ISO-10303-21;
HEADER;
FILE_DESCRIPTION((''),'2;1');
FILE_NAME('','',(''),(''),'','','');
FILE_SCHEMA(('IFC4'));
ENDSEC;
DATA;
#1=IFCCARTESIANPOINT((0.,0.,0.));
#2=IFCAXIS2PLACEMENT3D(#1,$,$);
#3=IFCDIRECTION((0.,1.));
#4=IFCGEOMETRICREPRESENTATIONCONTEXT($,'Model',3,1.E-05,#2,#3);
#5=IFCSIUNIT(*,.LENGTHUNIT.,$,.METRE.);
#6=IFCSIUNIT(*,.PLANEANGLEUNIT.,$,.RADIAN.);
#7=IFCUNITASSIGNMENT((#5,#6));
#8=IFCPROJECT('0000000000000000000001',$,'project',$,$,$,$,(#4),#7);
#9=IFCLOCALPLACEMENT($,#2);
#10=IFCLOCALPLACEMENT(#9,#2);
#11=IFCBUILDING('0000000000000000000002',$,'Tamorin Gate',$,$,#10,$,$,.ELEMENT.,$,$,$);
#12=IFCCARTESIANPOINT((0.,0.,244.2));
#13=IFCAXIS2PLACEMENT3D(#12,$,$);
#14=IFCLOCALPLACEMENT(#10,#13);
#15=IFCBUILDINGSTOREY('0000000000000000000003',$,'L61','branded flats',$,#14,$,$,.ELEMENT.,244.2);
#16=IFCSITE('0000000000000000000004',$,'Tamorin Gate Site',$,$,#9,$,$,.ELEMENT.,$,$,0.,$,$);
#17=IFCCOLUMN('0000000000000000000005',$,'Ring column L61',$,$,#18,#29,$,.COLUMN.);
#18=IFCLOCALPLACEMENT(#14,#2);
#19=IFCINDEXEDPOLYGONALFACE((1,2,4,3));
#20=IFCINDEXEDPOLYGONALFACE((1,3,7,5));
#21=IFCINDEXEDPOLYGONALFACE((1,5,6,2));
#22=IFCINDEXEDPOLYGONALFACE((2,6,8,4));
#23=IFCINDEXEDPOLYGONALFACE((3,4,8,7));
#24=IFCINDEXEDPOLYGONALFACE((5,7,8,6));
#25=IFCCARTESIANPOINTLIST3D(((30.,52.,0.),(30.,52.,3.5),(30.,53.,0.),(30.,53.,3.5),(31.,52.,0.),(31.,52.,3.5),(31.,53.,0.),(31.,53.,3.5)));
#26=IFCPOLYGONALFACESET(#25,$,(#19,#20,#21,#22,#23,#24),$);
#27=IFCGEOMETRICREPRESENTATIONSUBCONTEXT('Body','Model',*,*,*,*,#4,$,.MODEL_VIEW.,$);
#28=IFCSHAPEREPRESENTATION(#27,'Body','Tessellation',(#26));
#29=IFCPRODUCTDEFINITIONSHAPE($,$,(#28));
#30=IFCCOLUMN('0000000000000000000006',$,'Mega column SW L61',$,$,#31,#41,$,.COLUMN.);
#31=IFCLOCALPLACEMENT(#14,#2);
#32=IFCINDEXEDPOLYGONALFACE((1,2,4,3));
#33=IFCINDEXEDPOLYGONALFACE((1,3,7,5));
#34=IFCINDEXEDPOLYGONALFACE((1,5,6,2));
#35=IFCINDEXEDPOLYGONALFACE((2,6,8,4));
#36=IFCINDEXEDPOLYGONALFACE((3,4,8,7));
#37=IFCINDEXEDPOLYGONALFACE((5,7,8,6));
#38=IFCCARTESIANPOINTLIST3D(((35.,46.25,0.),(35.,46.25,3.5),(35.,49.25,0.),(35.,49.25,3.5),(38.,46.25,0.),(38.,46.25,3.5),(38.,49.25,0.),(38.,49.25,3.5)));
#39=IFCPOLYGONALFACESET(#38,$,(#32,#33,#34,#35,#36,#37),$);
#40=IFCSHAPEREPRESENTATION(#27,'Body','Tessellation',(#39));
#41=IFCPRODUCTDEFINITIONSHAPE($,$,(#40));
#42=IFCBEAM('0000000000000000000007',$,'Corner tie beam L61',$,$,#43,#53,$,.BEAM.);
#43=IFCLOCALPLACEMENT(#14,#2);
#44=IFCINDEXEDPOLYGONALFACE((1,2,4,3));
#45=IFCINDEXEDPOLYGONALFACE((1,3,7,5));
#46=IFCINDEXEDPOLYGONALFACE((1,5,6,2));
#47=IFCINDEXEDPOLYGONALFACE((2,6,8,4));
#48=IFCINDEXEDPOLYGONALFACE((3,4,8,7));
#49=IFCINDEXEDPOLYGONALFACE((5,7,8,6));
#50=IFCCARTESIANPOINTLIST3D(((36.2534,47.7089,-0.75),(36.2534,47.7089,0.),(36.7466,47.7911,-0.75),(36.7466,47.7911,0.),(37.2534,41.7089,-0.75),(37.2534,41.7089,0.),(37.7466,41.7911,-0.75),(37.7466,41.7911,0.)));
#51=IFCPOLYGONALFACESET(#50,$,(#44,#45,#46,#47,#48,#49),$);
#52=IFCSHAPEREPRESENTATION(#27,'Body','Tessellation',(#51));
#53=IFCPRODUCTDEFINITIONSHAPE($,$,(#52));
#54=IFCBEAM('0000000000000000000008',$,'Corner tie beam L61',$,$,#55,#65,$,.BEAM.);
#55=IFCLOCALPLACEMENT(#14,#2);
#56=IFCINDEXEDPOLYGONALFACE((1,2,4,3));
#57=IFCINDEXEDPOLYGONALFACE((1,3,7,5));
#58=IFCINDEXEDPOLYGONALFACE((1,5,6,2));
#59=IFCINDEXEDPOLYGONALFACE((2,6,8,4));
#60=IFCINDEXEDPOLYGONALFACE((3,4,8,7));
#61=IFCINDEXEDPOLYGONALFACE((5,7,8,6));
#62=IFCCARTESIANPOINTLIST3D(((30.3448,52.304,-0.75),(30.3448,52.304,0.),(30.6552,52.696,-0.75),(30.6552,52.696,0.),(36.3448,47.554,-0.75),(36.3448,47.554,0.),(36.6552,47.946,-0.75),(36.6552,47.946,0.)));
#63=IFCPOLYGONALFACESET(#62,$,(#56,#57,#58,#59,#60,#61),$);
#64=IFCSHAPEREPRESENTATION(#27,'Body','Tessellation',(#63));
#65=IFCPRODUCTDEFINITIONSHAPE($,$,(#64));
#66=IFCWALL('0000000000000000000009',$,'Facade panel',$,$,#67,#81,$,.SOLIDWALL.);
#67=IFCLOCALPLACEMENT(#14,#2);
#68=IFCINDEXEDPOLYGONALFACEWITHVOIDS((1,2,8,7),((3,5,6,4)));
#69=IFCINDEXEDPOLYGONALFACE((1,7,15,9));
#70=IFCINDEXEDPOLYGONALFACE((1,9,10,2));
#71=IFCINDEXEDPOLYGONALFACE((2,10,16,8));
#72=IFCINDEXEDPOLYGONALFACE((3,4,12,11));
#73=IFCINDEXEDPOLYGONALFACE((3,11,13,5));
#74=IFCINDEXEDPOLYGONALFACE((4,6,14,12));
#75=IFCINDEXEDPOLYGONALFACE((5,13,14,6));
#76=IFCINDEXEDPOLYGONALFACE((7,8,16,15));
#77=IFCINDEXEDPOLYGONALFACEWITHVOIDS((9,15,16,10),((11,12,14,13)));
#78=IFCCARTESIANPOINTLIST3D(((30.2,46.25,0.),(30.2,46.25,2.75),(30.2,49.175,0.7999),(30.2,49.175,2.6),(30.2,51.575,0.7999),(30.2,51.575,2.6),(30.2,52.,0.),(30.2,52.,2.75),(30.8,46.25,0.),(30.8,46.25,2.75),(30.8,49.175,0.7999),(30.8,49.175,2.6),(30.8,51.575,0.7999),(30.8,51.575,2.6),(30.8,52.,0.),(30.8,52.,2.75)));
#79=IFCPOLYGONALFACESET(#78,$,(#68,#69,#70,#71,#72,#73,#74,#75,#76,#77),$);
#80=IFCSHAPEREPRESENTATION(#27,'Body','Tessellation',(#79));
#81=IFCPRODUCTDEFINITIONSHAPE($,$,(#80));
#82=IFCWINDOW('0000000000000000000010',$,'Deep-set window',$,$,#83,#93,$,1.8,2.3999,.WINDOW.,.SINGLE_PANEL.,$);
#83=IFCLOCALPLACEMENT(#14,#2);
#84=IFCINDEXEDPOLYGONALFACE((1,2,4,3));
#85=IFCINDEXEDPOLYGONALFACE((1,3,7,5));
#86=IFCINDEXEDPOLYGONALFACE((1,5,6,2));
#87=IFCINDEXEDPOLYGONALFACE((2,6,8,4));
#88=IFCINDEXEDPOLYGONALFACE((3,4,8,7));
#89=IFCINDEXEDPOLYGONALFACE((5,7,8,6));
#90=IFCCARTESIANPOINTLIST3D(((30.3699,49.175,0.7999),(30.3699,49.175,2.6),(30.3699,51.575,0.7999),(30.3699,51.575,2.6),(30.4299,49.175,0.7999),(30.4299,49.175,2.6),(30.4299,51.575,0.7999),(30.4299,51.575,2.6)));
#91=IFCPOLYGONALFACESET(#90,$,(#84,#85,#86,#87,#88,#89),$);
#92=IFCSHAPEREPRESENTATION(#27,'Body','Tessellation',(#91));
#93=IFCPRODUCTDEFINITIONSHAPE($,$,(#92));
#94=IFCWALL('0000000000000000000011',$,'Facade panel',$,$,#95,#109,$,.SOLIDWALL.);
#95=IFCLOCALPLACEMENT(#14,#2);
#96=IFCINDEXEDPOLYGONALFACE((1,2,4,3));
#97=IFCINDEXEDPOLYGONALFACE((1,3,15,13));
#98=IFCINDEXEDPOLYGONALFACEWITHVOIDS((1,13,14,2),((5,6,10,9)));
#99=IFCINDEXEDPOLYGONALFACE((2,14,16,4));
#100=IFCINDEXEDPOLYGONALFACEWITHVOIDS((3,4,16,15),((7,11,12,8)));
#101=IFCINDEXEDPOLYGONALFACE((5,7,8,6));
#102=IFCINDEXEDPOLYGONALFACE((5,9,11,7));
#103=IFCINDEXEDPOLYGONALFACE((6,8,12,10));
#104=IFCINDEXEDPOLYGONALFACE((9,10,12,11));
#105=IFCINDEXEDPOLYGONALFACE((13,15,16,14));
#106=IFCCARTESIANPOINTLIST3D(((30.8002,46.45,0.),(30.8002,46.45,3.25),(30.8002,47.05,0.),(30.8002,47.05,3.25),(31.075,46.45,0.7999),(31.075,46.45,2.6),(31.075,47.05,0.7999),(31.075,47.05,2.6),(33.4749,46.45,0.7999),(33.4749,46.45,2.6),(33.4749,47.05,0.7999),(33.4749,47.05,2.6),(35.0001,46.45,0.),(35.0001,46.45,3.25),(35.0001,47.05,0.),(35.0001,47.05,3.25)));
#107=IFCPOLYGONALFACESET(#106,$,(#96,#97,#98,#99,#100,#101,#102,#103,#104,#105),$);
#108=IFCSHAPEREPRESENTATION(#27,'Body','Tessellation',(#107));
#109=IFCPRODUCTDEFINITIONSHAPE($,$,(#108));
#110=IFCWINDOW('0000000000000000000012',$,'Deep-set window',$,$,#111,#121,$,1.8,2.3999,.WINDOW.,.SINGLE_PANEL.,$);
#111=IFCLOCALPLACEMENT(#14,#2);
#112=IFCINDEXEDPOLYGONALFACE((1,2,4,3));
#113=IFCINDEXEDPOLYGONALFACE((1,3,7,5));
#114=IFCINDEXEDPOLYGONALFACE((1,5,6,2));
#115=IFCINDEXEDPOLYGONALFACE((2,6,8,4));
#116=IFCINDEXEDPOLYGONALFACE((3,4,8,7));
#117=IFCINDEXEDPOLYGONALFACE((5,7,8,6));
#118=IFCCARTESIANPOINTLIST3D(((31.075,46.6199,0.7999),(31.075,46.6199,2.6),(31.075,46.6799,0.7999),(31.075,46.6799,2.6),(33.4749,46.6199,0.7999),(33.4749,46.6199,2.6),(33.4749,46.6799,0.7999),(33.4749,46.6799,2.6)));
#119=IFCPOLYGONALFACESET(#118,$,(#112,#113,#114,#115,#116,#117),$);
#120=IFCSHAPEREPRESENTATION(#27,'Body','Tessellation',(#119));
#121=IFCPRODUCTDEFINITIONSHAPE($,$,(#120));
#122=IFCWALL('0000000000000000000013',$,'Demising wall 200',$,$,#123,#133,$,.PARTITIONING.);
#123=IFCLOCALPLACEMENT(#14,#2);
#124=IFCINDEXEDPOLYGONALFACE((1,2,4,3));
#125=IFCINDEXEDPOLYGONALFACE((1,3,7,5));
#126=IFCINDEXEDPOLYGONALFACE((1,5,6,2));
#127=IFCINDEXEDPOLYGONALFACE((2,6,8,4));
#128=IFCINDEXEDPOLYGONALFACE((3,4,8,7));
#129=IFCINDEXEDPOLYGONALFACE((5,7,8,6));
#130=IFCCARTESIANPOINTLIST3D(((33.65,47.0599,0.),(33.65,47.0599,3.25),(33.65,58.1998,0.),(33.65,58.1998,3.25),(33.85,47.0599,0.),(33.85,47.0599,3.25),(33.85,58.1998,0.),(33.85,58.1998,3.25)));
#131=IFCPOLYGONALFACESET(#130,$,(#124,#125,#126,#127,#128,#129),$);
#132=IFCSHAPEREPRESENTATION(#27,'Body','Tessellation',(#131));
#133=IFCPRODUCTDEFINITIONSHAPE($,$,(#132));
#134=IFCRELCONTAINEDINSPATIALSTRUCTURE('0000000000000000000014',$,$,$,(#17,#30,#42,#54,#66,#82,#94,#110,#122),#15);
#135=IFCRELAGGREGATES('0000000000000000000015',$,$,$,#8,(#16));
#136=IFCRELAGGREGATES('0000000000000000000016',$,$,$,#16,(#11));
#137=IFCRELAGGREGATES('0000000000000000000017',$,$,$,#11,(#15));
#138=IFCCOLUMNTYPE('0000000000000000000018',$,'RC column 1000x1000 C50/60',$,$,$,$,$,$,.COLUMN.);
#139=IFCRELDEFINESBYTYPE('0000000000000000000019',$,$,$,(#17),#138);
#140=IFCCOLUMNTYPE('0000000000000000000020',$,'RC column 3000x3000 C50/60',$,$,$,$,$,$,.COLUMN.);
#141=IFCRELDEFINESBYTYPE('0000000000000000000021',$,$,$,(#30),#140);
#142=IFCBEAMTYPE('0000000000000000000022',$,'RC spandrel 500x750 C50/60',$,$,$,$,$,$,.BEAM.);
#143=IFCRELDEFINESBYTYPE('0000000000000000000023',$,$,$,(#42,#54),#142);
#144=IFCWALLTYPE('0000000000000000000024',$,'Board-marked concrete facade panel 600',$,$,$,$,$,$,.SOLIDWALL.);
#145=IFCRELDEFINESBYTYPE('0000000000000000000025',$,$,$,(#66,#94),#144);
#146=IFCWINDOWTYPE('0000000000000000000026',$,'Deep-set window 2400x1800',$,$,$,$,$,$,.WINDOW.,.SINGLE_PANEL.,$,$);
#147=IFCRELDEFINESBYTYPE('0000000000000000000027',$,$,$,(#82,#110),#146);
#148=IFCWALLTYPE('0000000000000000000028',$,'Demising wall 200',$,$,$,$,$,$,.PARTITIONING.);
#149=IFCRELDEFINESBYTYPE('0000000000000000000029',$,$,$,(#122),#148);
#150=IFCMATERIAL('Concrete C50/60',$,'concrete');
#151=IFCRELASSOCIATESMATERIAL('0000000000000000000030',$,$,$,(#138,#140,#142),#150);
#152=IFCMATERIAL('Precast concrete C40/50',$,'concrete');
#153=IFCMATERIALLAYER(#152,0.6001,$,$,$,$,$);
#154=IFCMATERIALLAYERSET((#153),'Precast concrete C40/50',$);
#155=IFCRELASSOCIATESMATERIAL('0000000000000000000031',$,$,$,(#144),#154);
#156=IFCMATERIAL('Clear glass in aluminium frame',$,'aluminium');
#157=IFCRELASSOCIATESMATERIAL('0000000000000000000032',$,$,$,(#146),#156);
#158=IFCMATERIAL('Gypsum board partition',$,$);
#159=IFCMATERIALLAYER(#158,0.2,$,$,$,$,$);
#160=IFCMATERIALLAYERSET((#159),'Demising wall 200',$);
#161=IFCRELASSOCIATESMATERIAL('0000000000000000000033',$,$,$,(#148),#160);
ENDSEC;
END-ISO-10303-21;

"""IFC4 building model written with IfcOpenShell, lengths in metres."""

from ifc_helpers import new_model, si_unit, direction, frame, frame_2d, origin, origin_2d, place, context, subcontext, project, spatial, rectangle, extrude, material, layer, layer_set, material_profile, profile_set, type_object, element, fill, save


model = new_model("IFC4")

# Units and contexts
model_context = context("Model", 3, precision=1e-05, world=origin(), true_north=direction((0.0, 1.0)))
body_context = subcontext(model_context, "Body", "Model", "MODEL_VIEW")
ifc_project = project(units=[si_unit("LENGTHUNIT", "METRE"), si_unit("PLANEANGLEUNIT", "RADIAN")], contexts=[model_context])

# Site, building, storey
site_placement = place(None, origin())
site = spatial("IfcSite", under=ifc_project, at=site_placement, Name="Tamorin Gate Site", CompositionType="ELEMENT", RefElevation=0.0)
building_placement = place(site_placement, origin())
building = spatial("IfcBuilding", under=site, at=building_placement, Name="Tamorin Gate", CompositionType="ELEMENT")
storey_placement = place(building_placement, frame((0.0, 0.0, 244.2)))
storey = spatial("IfcBuildingStorey", under=building, at=storey_placement, Name="L61", Description="branded flats", CompositionType="ELEMENT", Elevation=244.2)

# Columns
ifc_material_1 = material(Name="Concrete C50/60", Category="concrete")
ifc_material_profile_1 = material_profile(ifc_material_1, rectangle(XDim=1.0, YDim=1.0, at=origin_2d()), Name="RC 1000x1000")
ifc_profile_set_1 = profile_set([ifc_material_profile_1], Name="Concrete C50/60")
column_type_1 = type_object("IfcColumnType", Name="RC column 1000x1000 C50/60", PredefinedType="COLUMN", material=ifc_profile_set_1)
column_1_placement = place(storey_placement, frame((30.5, 52.5, 0.0), z_axis=(0.0, 0.0, 1.0), x_axis=(1.0, 0.0, 0.0)))
element("IfcColumn", 1, at=column_1_placement, inside=storey, type_object=column_type_1, Name="Ring column L61", PredefinedType="COLUMN", context=body_context, shape_type="SweptSolid", body=[
    extrude(rectangle(XDim=1.0, YDim=1.0, at=origin_2d()), origin(), (0.0, 0.0, 1.0), 3.5),
])
ifc_material_profile_2 = material_profile(ifc_material_1, rectangle(XDim=3.0, YDim=3.0, at=origin_2d()), Name="RC 3000x3000")
ifc_profile_set_2 = profile_set([ifc_material_profile_2], Name="Concrete C50/60")
column_type_2 = type_object("IfcColumnType", Name="RC column 3000x3000 C50/60", PredefinedType="COLUMN", material=ifc_profile_set_2)
column_2_placement = place(storey_placement, frame((36.5, 47.75, 0.0), z_axis=(0.0, 0.0, 1.0), x_axis=(1.0, 0.0, 0.0)))
element("IfcColumn", 2, at=column_2_placement, inside=storey, type_object=column_type_2, Name="Mega column SW L61", PredefinedType="COLUMN", context=body_context, shape_type="SweptSolid", body=[
    extrude(rectangle(XDim=3.0, YDim=3.0, at=origin_2d()), origin(), (0.0, 0.0, 1.0), 3.5),
])

# Beams
ifc_material_profile_3 = material_profile(ifc_material_1, rectangle(XDim=0.5, YDim=0.75, at=origin_2d()), Name="RC 500x750")
ifc_profile_set_3 = profile_set([ifc_material_profile_3], Name="Concrete C50/60")
beam_type = type_object("IfcBeamType", Name="RC spandrel 500x750 C50/60", PredefinedType="BEAM", material=ifc_profile_set_3)
beam_1_placement = place(storey_placement, frame((36.5, 47.75, -0.375), z_axis=(0.164399, -0.986394, 0.0), x_axis=(0.986394, 0.164399, 0.0)))
element("IfcBeam", 3, at=beam_1_placement, inside=storey, type_object=beam_type, Name="Corner tie beam L61", PredefinedType="BEAM", context=body_context, shape_type="SweptSolid", body=[
    extrude(rectangle(XDim=0.5, YDim=0.75, at=origin_2d()), origin(), (0.0, 0.0, 1.0), 6.0828),
])
beam_2_placement = place(storey_placement, frame((36.5, 47.75, -0.375), z_axis=(-0.784046, 0.620703, 0.0), x_axis=(-0.620703, -0.784046, 0.0)))
element("IfcBeam", 4, at=beam_2_placement, inside=storey, type_object=beam_type, Name="Corner tie beam L61", PredefinedType="BEAM", context=body_context, shape_type="SweptSolid", body=[
    extrude(rectangle(XDim=0.5, YDim=0.75, at=origin_2d()), origin(), (0.0, 0.0, 1.0), 7.6526),
])

# Walls, openings, windows
ifc_material_2 = material(Name="Precast concrete C40/50", Category="concrete")
ifc_layer_1 = layer(ifc_material_2, 0.6001)
ifc_layer_set_1 = layer_set([ifc_layer_1], Name="Precast concrete C40/50")
wall_type_1 = type_object("IfcWallType", Name="Board-marked concrete facade panel 600", PredefinedType="SOLIDWALL", material=ifc_layer_set_1)
wall_1_placement = place(storey_placement, frame((30.5, 52.0, 0.0), z_axis=(0.0, 0.0, 1.0), x_axis=(0.0, -1.0, 0.0)))
wall_1 = element("IfcWall", 5, at=wall_1_placement, inside=storey, type_object=wall_type_1, Name="Facade panel", PredefinedType="SOLIDWALL", context=body_context, shape_type="SweptSolid", body=[
    extrude(rectangle(XDim=5.75, YDim=0.6001, at=frame_2d((2.875, 0.0))), origin(), (0.0, 0.0, 1.0), 2.75),
])
opening_1_placement = place(wall_1_placement, frame((0.425, 0.0, 0.8)))
opening_1 = element("IfcOpeningElement", 6, at=opening_1_placement, cuts=wall_1, PredefinedType="OPENING", context=body_context, shape_type="SweptSolid", body=[
    extrude(rectangle(XDim=2.3999, YDim=1.8, at=frame_2d((1.2, 0.8999))), frame((0.0, 0.3101, 0.0), z_axis=(0.0, -1.0, 0.0), x_axis=(1.0, 0.0, 0.0)), (0.0, 0.0, 1.0), 0.6201),
])
ifc_material_3 = material(Name="Clear glass in aluminium frame", Category="aluminium")
window_type = type_object("IfcWindowType", Name="Deep-set window 2400x1800", PartitioningType="SINGLE_PANEL", PredefinedType="WINDOW", material=ifc_material_3)
window_1_placement = place(opening_1_placement, origin())
window_1 = element("IfcWindow", 7, at=window_1_placement, inside=storey, type_object=window_type, Name="Deep-set window", OverallHeight=1.8, OverallWidth=2.3999, PartitioningType="SINGLE_PANEL", PredefinedType="WINDOW", context=body_context, shape_type="SweptSolid", body=[
    extrude(rectangle(XDim=2.3999, YDim=1.8, at=frame_2d((1.2, 0.8999))), frame((0.0, -0.0701, 0.0), z_axis=(0.0, -1.0, 0.0), x_axis=(1.0, 0.0, 0.0)), (0.0, 0.0, 1.0), 0.0601),
])
fill(opening_1, window_1)
wall_2_placement = place(storey_placement, frame((30.8, 46.75, 0.0), z_axis=(0.0, 0.0, 1.0), x_axis=(1.0, 0.0, 0.0)))
wall_2 = element("IfcWall", 8, at=wall_2_placement, inside=storey, type_object=wall_type_1, Name="Facade panel", PredefinedType="SOLIDWALL", context=body_context, shape_type="SweptSolid", body=[
    extrude(rectangle(XDim=4.2, YDim=0.6001, at=frame_2d((2.1001, 0.0))), origin(), (0.0, 0.0, 1.0), 3.25),
])
opening_2_placement = place(wall_2_placement, frame((0.2749, 0.0, 0.8)))
opening_2 = element("IfcOpeningElement", 9, at=opening_2_placement, cuts=wall_2, PredefinedType="OPENING", context=body_context, shape_type="SweptSolid", body=[
    extrude(rectangle(XDim=2.3999, YDim=1.8, at=frame_2d((1.2, 0.8999))), frame((0.0, 0.3101, 0.0), z_axis=(0.0, -1.0, 0.0), x_axis=(1.0, 0.0, 0.0)), (0.0, 0.0, 1.0), 0.6201),
])
window_2_placement = place(opening_2_placement, origin())
window_2 = element("IfcWindow", 10, at=window_2_placement, inside=storey, type_object=window_type, Name="Deep-set window", OverallHeight=1.8, OverallWidth=2.3999, PartitioningType="SINGLE_PANEL", PredefinedType="WINDOW", context=body_context, shape_type="SweptSolid", body=[
    extrude(rectangle(XDim=2.3999, YDim=1.8, at=frame_2d((1.2, 0.8999))), frame((0.0, -0.0701, 0.0), z_axis=(0.0, -1.0, 0.0), x_axis=(1.0, 0.0, 0.0)), (0.0, 0.0, 1.0), 0.0601),
])
fill(opening_2, window_2)

# Wall
ifc_material_4 = material(Name="Gypsum board partition")
ifc_layer_2 = layer(ifc_material_4, 0.2)
ifc_layer_set_2 = layer_set([ifc_layer_2], Name="Demising wall 200")
wall_type_2 = type_object("IfcWallType", Name="Demising wall 200", PredefinedType="PARTITIONING", material=ifc_layer_set_2)
wall_3_placement = place(storey_placement, frame((33.75, 47.0601, 0.0), z_axis=(0.0, 0.0, 1.0), x_axis=(0.0, 1.0, 0.0)))
element("IfcWall", 11, at=wall_3_placement, inside=storey, type_object=wall_type_2, Name="Demising wall 200", PredefinedType="PARTITIONING", context=body_context, shape_type="SweptSolid", body=[
    extrude(rectangle(XDim=11.1399, YDim=0.2, at=frame_2d((5.5698, 0.0))), origin(), (0.0, 0.0, 1.0), 3.25),
])

save(model, "model.ifc")
